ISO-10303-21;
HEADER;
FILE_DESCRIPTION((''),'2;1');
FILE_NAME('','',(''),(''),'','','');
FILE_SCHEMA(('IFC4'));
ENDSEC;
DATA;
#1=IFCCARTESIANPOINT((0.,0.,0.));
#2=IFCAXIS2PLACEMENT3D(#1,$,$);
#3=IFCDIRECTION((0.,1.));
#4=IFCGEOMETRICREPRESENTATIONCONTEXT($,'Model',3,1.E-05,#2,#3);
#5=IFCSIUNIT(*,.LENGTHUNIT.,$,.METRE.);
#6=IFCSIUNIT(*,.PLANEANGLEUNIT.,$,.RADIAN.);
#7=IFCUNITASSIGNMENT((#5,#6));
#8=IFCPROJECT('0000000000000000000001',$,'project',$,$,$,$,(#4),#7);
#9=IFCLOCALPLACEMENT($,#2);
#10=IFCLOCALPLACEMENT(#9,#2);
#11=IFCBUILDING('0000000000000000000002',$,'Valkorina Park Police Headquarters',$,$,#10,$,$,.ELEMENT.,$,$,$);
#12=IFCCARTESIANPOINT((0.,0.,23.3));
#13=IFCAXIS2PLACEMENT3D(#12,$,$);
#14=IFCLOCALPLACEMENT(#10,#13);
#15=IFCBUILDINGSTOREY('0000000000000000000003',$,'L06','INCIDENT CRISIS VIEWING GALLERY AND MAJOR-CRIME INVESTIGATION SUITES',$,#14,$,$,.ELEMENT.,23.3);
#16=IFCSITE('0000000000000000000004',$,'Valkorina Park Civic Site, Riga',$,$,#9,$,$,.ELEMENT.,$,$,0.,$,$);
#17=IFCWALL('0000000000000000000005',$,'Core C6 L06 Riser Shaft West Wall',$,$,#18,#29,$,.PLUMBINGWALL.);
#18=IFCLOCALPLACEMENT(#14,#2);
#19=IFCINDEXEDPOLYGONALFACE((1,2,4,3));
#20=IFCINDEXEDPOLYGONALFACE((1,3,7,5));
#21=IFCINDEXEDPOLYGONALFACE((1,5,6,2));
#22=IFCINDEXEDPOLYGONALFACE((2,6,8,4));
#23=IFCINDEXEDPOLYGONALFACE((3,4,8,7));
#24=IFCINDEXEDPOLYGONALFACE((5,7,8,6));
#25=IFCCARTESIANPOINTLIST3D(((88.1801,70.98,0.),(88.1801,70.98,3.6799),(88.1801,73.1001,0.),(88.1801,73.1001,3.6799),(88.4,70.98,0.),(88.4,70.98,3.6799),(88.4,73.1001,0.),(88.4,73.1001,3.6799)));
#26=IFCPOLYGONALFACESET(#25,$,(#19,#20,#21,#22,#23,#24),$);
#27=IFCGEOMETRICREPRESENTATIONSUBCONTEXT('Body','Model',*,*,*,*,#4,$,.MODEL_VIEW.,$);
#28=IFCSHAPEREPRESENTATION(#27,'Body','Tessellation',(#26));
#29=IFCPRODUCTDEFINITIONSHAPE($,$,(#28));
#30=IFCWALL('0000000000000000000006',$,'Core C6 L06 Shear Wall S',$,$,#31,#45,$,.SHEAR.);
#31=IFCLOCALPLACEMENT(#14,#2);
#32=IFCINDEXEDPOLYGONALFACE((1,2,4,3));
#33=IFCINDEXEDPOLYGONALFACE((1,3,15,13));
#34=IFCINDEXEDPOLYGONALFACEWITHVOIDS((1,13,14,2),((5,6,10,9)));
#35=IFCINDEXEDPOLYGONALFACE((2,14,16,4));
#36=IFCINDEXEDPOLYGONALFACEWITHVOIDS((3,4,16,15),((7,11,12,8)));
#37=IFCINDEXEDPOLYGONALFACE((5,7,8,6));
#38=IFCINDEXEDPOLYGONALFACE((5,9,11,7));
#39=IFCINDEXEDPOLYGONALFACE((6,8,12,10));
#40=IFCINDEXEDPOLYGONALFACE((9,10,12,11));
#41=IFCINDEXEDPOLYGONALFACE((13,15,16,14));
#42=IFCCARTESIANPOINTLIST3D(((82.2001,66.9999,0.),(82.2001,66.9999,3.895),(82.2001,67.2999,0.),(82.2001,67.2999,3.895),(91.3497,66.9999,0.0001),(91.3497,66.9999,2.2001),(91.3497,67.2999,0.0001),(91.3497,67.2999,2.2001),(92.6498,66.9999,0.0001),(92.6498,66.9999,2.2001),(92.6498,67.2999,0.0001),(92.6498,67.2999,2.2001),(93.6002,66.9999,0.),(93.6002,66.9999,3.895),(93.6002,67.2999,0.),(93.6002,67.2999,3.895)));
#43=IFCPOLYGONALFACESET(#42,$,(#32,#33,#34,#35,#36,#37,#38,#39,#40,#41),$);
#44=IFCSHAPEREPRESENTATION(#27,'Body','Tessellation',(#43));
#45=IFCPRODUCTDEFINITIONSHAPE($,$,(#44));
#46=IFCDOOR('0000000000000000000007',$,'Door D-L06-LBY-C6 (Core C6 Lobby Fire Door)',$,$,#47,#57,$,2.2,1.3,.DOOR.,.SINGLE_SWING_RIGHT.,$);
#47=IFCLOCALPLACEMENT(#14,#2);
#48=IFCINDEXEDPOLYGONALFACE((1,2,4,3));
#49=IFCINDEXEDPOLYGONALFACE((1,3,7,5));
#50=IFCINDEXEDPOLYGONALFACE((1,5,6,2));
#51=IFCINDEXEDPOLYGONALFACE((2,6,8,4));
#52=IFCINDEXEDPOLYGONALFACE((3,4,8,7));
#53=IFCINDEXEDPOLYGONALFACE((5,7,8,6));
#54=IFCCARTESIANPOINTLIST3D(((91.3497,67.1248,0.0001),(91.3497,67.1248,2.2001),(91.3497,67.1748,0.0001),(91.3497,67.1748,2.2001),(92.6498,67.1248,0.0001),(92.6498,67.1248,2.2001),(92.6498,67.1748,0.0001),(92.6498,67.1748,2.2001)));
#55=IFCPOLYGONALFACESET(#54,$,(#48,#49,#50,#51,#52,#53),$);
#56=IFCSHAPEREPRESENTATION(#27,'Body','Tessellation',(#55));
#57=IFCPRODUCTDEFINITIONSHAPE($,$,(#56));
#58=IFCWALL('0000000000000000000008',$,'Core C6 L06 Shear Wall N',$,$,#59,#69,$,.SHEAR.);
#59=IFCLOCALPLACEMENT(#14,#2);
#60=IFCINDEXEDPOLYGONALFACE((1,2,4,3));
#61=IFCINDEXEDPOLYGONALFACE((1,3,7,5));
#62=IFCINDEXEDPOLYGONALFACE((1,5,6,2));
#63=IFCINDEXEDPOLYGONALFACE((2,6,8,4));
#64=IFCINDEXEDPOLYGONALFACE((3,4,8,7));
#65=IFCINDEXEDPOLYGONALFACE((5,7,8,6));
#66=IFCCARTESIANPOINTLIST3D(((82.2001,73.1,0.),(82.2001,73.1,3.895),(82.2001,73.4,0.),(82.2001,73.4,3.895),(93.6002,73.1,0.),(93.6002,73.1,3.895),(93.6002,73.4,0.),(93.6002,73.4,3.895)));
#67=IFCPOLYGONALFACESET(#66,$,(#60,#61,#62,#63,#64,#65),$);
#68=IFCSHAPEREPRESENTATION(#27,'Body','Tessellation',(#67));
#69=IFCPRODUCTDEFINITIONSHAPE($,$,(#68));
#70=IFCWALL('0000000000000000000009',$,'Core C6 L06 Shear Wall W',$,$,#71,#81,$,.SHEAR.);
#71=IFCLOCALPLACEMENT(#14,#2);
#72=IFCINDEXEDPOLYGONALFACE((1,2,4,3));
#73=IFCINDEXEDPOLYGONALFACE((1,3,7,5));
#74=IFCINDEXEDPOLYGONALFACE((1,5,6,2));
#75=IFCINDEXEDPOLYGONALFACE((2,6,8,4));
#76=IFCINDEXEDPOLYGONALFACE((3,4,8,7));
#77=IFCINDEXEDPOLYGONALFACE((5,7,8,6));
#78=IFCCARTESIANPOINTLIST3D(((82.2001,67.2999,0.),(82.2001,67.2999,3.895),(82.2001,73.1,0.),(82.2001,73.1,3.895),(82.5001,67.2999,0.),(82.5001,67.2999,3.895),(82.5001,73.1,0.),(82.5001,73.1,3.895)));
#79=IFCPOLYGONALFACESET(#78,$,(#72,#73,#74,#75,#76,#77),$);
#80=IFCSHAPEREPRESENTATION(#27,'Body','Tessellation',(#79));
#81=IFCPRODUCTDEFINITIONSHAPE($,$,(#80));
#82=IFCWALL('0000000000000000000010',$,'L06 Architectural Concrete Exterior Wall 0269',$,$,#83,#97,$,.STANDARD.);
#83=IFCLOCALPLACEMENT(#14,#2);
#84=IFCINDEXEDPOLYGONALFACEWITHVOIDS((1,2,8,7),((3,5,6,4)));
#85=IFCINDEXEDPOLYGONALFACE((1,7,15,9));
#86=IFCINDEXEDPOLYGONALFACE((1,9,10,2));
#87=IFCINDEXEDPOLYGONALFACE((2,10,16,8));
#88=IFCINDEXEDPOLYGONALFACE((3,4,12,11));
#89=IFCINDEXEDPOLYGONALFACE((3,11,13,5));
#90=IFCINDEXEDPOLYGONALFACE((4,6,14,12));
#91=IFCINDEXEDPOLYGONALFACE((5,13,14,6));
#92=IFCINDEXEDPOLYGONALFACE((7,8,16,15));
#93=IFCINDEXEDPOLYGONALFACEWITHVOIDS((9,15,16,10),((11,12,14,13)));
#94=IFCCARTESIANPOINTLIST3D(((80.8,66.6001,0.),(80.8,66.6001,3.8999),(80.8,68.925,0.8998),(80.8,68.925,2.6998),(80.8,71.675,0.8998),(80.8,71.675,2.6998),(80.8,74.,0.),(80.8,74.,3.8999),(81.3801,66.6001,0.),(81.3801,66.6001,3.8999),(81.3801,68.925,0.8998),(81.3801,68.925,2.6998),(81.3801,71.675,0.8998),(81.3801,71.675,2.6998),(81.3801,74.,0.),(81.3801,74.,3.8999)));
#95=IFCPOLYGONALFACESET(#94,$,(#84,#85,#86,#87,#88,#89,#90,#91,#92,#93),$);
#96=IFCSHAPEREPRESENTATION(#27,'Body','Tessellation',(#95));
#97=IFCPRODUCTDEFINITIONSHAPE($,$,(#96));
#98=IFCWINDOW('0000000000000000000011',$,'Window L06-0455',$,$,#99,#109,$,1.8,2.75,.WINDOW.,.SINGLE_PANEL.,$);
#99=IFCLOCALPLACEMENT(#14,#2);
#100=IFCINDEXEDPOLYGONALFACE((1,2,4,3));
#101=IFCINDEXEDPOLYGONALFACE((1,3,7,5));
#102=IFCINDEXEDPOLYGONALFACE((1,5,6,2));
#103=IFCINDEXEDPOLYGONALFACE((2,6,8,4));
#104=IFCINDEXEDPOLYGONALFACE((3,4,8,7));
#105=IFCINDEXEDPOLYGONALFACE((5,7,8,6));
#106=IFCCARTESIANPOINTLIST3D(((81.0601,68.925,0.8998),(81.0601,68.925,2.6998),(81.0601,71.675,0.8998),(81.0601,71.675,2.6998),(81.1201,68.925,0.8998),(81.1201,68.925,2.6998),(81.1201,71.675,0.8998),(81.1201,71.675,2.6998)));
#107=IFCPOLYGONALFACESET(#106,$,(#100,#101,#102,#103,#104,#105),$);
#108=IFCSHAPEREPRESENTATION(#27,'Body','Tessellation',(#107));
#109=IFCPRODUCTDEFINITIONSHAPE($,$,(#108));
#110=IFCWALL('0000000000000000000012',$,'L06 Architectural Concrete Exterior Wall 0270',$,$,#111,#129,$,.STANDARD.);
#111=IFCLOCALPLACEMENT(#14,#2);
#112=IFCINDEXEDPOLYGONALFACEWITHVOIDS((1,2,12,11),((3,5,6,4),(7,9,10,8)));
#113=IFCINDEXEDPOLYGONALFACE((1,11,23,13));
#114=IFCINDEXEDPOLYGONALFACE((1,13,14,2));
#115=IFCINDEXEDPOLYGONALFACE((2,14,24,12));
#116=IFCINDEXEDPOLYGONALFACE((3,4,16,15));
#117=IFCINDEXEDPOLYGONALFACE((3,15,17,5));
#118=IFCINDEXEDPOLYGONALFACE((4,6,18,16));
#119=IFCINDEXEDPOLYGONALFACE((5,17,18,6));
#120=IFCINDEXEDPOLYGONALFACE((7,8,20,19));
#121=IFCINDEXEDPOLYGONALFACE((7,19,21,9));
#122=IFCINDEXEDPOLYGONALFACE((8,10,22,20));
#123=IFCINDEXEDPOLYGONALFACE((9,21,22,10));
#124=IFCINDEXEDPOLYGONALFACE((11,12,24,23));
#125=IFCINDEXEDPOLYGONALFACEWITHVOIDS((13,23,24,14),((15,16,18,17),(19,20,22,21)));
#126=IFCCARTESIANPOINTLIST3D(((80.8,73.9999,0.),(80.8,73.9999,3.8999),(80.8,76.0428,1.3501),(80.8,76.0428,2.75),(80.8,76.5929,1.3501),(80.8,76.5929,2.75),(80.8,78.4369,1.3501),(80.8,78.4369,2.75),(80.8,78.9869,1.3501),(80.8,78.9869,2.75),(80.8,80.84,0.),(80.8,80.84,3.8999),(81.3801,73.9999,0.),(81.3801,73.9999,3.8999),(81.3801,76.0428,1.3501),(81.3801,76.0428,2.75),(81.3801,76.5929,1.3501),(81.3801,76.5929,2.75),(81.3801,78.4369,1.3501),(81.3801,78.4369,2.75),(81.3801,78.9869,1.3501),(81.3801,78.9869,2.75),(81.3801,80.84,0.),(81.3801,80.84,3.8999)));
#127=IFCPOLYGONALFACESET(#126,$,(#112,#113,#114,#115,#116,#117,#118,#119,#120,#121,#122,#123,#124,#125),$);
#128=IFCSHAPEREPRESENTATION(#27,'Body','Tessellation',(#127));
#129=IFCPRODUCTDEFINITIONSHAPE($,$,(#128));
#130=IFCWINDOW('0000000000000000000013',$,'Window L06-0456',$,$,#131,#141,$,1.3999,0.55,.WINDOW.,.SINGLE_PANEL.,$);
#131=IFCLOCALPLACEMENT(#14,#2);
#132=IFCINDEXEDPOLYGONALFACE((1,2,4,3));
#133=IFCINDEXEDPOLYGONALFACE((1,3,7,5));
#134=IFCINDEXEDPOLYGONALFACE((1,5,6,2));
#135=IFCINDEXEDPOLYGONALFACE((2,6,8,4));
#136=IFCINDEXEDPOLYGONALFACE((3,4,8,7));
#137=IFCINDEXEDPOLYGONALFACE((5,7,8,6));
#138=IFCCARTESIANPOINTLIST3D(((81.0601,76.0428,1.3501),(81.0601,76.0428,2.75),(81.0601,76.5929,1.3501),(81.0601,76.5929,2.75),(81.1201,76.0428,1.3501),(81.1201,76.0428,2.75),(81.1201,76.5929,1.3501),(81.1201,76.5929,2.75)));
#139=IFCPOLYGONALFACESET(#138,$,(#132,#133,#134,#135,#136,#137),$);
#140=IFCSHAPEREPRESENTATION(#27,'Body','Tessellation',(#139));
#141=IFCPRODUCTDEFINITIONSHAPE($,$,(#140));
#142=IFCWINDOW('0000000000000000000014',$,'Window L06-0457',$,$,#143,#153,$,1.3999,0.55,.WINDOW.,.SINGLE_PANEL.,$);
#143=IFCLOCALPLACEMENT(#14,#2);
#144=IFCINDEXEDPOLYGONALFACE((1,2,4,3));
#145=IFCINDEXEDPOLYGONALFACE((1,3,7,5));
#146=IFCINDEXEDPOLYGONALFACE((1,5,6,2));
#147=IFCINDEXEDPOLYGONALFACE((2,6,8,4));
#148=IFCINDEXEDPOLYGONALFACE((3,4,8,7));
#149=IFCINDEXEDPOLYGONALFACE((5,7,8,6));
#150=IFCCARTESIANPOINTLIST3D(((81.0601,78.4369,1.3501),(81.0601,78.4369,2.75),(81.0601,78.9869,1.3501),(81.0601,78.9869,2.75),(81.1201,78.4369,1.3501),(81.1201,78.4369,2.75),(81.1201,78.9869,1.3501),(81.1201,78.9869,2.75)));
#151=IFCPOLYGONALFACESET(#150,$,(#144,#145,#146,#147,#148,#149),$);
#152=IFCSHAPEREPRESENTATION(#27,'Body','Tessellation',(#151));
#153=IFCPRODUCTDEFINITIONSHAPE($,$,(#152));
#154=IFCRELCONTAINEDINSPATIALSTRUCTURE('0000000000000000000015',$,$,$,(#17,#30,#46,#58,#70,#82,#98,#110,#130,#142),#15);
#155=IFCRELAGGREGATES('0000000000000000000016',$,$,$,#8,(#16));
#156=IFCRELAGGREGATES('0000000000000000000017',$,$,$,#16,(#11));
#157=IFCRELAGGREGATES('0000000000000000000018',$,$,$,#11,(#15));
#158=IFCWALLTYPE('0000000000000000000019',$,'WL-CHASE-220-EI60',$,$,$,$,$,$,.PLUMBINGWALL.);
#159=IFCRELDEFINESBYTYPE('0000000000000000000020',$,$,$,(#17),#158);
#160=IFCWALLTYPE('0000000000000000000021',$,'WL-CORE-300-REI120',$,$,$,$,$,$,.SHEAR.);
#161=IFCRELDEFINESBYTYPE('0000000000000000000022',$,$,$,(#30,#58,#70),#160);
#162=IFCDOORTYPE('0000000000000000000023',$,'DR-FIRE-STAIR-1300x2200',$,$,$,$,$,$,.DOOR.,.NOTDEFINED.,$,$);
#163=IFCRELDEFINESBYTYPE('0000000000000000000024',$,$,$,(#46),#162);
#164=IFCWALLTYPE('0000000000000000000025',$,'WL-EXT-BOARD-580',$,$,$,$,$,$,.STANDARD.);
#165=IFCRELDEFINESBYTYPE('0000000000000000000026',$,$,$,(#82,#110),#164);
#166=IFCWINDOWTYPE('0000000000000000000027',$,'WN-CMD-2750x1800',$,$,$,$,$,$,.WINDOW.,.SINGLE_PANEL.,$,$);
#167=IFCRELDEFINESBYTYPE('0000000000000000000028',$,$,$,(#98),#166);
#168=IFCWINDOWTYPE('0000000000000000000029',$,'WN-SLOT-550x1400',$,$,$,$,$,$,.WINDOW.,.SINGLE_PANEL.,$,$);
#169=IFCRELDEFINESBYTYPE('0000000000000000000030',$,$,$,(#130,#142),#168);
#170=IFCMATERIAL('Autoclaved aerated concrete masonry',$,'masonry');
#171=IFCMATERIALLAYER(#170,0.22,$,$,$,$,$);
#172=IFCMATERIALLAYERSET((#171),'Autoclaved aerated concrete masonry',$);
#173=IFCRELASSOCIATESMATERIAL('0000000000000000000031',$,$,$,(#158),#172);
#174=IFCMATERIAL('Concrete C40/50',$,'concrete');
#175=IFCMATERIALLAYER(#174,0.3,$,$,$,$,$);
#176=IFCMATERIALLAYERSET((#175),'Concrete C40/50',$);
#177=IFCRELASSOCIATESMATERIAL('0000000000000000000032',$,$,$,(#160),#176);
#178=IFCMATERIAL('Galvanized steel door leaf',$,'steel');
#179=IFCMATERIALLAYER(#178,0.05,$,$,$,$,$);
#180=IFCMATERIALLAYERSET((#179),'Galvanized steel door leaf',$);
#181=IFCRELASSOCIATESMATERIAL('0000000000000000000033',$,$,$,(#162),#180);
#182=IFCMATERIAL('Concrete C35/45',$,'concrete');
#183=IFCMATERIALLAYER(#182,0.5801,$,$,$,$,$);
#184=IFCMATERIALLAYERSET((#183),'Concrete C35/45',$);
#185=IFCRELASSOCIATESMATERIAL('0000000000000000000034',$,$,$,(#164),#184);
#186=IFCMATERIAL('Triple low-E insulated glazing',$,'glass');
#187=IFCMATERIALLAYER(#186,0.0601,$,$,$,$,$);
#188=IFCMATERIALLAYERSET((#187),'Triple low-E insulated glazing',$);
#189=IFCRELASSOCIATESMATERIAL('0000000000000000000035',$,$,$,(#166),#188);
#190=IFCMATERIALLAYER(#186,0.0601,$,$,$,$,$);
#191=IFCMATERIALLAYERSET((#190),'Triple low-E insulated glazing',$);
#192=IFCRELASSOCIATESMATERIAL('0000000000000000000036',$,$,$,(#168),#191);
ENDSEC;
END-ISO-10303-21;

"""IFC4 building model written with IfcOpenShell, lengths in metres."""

from ifc_helpers import new_model, si_unit, direction, frame, frame_2d, origin, place, context, subcontext, project, spatial, rectangle, extrude, material, layer, layer_set, type_object, element, fill, save


model = new_model("IFC4")

# Units and contexts
model_context = context("Model", 3, precision=1e-05, world=origin(), true_north=direction((0.0, 1.0)))
body_context = subcontext(model_context, "Body", "Model", "MODEL_VIEW")
ifc_project = project(units=[si_unit("LENGTHUNIT", "METRE"), si_unit("PLANEANGLEUNIT", "RADIAN")], contexts=[model_context])

# Site, building, storey
site_placement = place(None, origin())
site = spatial("IfcSite", under=ifc_project, at=site_placement, Name="Valkorina Park Civic Site, Riga", CompositionType="ELEMENT", RefElevation=0.0)
building_placement = place(site_placement, origin())
building = spatial("IfcBuilding", under=site, at=building_placement, Name="Valkorina Park Police Headquarters", CompositionType="ELEMENT")
storey_placement = place(building_placement, frame((0.0, 0.0, 23.3)))
storey = spatial("IfcBuildingStorey", under=building, at=storey_placement, Name="L06", Description="INCIDENT CRISIS VIEWING GALLERY AND MAJOR-CRIME INVESTIGATION SUITES", CompositionType="ELEMENT", Elevation=23.3)

# Wall
ifc_material_1 = material(Name="Autoclaved aerated concrete masonry", Category="masonry")
ifc_layer_1 = layer(ifc_material_1, 0.22)
ifc_layer_set_1 = layer_set([ifc_layer_1], Name="Autoclaved aerated concrete masonry")
wall_type_1 = type_object("IfcWallType", Name="WL-CHASE-220-EI60", PredefinedType="PLUMBINGWALL", material=ifc_layer_set_1)
wall_1_placement = place(storey_placement, frame((88.29, 70.98, 0.0), z_axis=(0.0, 0.0, 1.0), x_axis=(0.0, 1.0, 0.0)))
element("IfcWall", 1, at=wall_1_placement, inside=storey, type_object=wall_type_1, Name="Core C6 L06 Riser Shaft West Wall", PredefinedType="PLUMBINGWALL", context=body_context, shape_type="SweptSolid", body=[
    extrude(rectangle(XDim=2.1201, YDim=0.22, at=frame_2d((1.0601, 0.0))), origin(), (0.0, 0.0, 1.0), 3.6799),
])

# Wall, opening, door
ifc_material_2 = material(Name="Concrete C40/50", Category="concrete")
ifc_layer_2 = layer(ifc_material_2, 0.3)
ifc_layer_set_2 = layer_set([ifc_layer_2], Name="Concrete C40/50")
wall_type_2 = type_object("IfcWallType", Name="WL-CORE-300-REI120", PredefinedType="SHEAR", material=ifc_layer_set_2)
wall_2_placement = place(storey_placement, frame((82.2, 67.1499, 0.0), z_axis=(0.0, 0.0, 1.0), x_axis=(1.0, 0.0, 0.0)))
wall_2 = element("IfcWall", 2, at=wall_2_placement, inside=storey, type_object=wall_type_2, Name="Core C6 L06 Shear Wall S", PredefinedType="SHEAR", context=body_context, shape_type="SweptSolid", body=[
    extrude(rectangle(XDim=11.4001, YDim=0.3, at=frame_2d((5.7002, 0.0))), origin(), (0.0, 0.0, 1.0), 3.895),
])
opening_1_placement = place(wall_2_placement, frame((9.1499, 0.0, 0.0)))
opening_1 = element("IfcOpeningElement", 3, at=opening_1_placement, cuts=wall_2, PredefinedType="OPENING", context=body_context, shape_type="SweptSolid", body=[
    extrude(rectangle(XDim=1.3, YDim=2.2, at=frame_2d((0.6499, 1.1001))), frame((0.0, 0.1602, 0.0), z_axis=(0.0, -1.0, 0.0), x_axis=(1.0, 0.0, 0.0)), (0.0, 0.0, 1.0), 0.3201),
])
ifc_material_3 = material(Name="Galvanized steel door leaf", Category="steel")
ifc_layer_3 = layer(ifc_material_3, 0.05)
ifc_layer_set_3 = layer_set([ifc_layer_3], Name="Galvanized steel door leaf")
door_type = type_object("IfcDoorType", Name="DR-FIRE-STAIR-1300x2200", OperationType="NOTDEFINED", PredefinedType="DOOR", material=ifc_layer_set_3)
door_1_placement = place(opening_1_placement, origin())
door_1 = element("IfcDoor", 4, at=door_1_placement, inside=storey, type_object=door_type, Name="Door D-L06-LBY-C6 (Core C6 Lobby Fire Door)", OperationType="SINGLE_SWING_RIGHT", OverallHeight=2.2, OverallWidth=1.3, PredefinedType="DOOR", context=body_context, shape_type="SweptSolid", body=[
    extrude(rectangle(XDim=1.3, YDim=2.2, at=frame_2d((0.6499, 1.1001))), frame((0.0, 0.0249, 0.0), z_axis=(0.0, -1.0, 0.0), x_axis=(1.0, 0.0, 0.0)), (0.0, 0.0, 1.0), 0.05),
])
fill(opening_1, door_1)

# Walls
wall_3_placement = place(storey_placement, frame((82.2, 73.25, 0.0), z_axis=(0.0, 0.0, 1.0), x_axis=(1.0, 0.0, 0.0)))
element("IfcWall", 5, at=wall_3_placement, inside=storey, type_object=wall_type_2, Name="Core C6 L06 Shear Wall N", PredefinedType="SHEAR", context=body_context, shape_type="SweptSolid", body=[
    extrude(rectangle(XDim=11.4001, YDim=0.3, at=frame_2d((5.7002, 0.0))), origin(), (0.0, 0.0, 1.0), 3.895),
])
wall_4_placement = place(storey_placement, frame((82.3501, 67.3, 0.0), z_axis=(0.0, 0.0, 1.0), x_axis=(0.0, 1.0, 0.0)))
element("IfcWall", 6, at=wall_4_placement, inside=storey, type_object=wall_type_2, Name="Core C6 L06 Shear Wall W", PredefinedType="SHEAR", context=body_context, shape_type="SweptSolid", body=[
    extrude(rectangle(XDim=5.8, YDim=0.3, at=frame_2d((2.8999, 0.0))), origin(), (0.0, 0.0, 1.0), 3.895),
])

# Wall, opening, window
ifc_material_4 = material(Name="Concrete C35/45", Category="concrete")
ifc_layer_4 = layer(ifc_material_4, 0.5801)
ifc_layer_set_4 = layer_set([ifc_layer_4], Name="Concrete C35/45")
wall_type_3 = type_object("IfcWallType", Name="WL-EXT-BOARD-580", PredefinedType="STANDARD", material=ifc_layer_set_4)
wall_5_placement = place(storey_placement, frame((81.0901, 66.6001, 0.0), z_axis=(0.0, 0.0, 1.0), x_axis=(0.0, 1.0, 0.0)))
wall_5 = element("IfcWall", 7, at=wall_5_placement, inside=storey, type_object=wall_type_3, Name="L06 Architectural Concrete Exterior Wall 0269", PredefinedType="STANDARD", context=body_context, shape_type="SweptSolid", body=[
    extrude(rectangle(XDim=7.3999, YDim=0.5801, at=frame_2d((3.7, 0.0))), origin(), (0.0, 0.0, 1.0), 3.8999),
])
opening_2_placement = place(wall_5_placement, frame((2.325, 0.0, 0.8999)))
opening_2 = element("IfcOpeningElement", 8, at=opening_2_placement, cuts=wall_5, PredefinedType="OPENING", context=body_context, shape_type="SweptSolid", body=[
    extrude(rectangle(XDim=2.75, YDim=1.8, at=frame_2d((1.375, 0.8999))), frame((0.0, 0.3, 0.0), z_axis=(0.0, -1.0, 0.0), x_axis=(1.0, 0.0, 0.0)), (0.0, 0.0, 1.0), 0.6001),
])
ifc_material_5 = material(Name="Triple low-E insulated glazing", Category="glass")
ifc_layer_5 = layer(ifc_material_5, 0.0601)
ifc_layer_set_5 = layer_set([ifc_layer_5], Name="Triple low-E insulated glazing")
window_type_1 = type_object("IfcWindowType", Name="WN-CMD-2750x1800", PartitioningType="SINGLE_PANEL", PredefinedType="WINDOW", material=ifc_layer_set_5)
window_1_placement = place(opening_2_placement, origin())
window_1 = element("IfcWindow", 9, at=window_1_placement, inside=storey, type_object=window_type_1, Name="Window L06-0455", OverallHeight=1.8, OverallWidth=2.75, PartitioningType="SINGLE_PANEL", PredefinedType="WINDOW", context=body_context, shape_type="SweptSolid", body=[
    extrude(rectangle(XDim=2.75, YDim=1.8, at=frame_2d((1.375, 0.8999))), frame((0.0, 0.03, 0.0), z_axis=(0.0, -1.0, 0.0), x_axis=(1.0, 0.0, 0.0)), (0.0, 0.0, 1.0), 0.0601),
])
fill(opening_2, window_1)

# Wall, openings, windows
wall_6_placement = place(storey_placement, frame((81.0901, 74.0, 0.0), z_axis=(0.0, 0.0, 1.0), x_axis=(0.0, 1.0, 0.0)))
wall_6 = element("IfcWall", 10, at=wall_6_placement, inside=storey, type_object=wall_type_3, Name="L06 Architectural Concrete Exterior Wall 0270", PredefinedType="STANDARD", context=body_context, shape_type="SweptSolid", body=[
    extrude(rectangle(XDim=6.8401, YDim=0.5801, at=frame_2d((3.4199, 0.0))), origin(), (0.0, 0.0, 1.0), 3.8999),
])
opening_3_placement = place(wall_6_placement, frame((2.043, 0.0, 1.3501)))
opening_3 = element("IfcOpeningElement", 11, at=opening_3_placement, cuts=wall_6, PredefinedType="OPENING", context=body_context, shape_type="SweptSolid", body=[
    extrude(rectangle(XDim=0.55, YDim=1.3999, at=frame_2d((0.2749, 0.7))), frame((0.0, 0.3, 0.0), z_axis=(0.0, -1.0, 0.0), x_axis=(1.0, 0.0, 0.0)), (0.0, 0.0, 1.0), 0.6001),
])
opening_4_placement = place(wall_6_placement, frame((4.437, 0.0, 1.3501)))
opening_4 = element("IfcOpeningElement", 12, at=opening_4_placement, cuts=wall_6, PredefinedType="OPENING", context=body_context, shape_type="SweptSolid", body=[
    extrude(rectangle(XDim=0.55, YDim=1.3999, at=frame_2d((0.2749, 0.7))), frame((0.0, 0.3, 0.0), z_axis=(0.0, -1.0, 0.0), x_axis=(1.0, 0.0, 0.0)), (0.0, 0.0, 1.0), 0.6001),
])
ifc_layer_6 = layer(ifc_material_5, 0.0601)
ifc_layer_set_6 = layer_set([ifc_layer_6], Name="Triple low-E insulated glazing")
window_type_2 = type_object("IfcWindowType", Name="WN-SLOT-550x1400", PartitioningType="SINGLE_PANEL", PredefinedType="WINDOW", material=ifc_layer_set_6)
window_2_placement = place(opening_3_placement, origin())
window_2 = element("IfcWindow", 13, at=window_2_placement, inside=storey, type_object=window_type_2, Name="Window L06-0456", OverallHeight=1.3999, OverallWidth=0.55, PartitioningType="SINGLE_PANEL", PredefinedType="WINDOW", context=body_context, shape_type="SweptSolid", body=[
    extrude(rectangle(XDim=0.55, YDim=1.3999, at=frame_2d((0.2749, 0.7))), frame((0.0, 0.03, 0.0), z_axis=(0.0, -1.0, 0.0), x_axis=(1.0, 0.0, 0.0)), (0.0, 0.0, 1.0), 0.0601),
])
fill(opening_3, window_2)
window_3_placement = place(opening_4_placement, origin())
window_3 = element("IfcWindow", 14, at=window_3_placement, inside=storey, type_object=window_type_2, Name="Window L06-0457", OverallHeight=1.3999, OverallWidth=0.55, PartitioningType="SINGLE_PANEL", PredefinedType="WINDOW", context=body_context, shape_type="SweptSolid", body=[
    extrude(rectangle(XDim=0.55, YDim=1.3999, at=frame_2d((0.2749, 0.7))), frame((0.0, 0.03, 0.0), z_axis=(0.0, -1.0, 0.0), x_axis=(1.0, 0.0, 0.0)), (0.0, 0.0, 1.0), 0.0601),
])
fill(opening_4, window_3)

save(model, "model.ifc")
